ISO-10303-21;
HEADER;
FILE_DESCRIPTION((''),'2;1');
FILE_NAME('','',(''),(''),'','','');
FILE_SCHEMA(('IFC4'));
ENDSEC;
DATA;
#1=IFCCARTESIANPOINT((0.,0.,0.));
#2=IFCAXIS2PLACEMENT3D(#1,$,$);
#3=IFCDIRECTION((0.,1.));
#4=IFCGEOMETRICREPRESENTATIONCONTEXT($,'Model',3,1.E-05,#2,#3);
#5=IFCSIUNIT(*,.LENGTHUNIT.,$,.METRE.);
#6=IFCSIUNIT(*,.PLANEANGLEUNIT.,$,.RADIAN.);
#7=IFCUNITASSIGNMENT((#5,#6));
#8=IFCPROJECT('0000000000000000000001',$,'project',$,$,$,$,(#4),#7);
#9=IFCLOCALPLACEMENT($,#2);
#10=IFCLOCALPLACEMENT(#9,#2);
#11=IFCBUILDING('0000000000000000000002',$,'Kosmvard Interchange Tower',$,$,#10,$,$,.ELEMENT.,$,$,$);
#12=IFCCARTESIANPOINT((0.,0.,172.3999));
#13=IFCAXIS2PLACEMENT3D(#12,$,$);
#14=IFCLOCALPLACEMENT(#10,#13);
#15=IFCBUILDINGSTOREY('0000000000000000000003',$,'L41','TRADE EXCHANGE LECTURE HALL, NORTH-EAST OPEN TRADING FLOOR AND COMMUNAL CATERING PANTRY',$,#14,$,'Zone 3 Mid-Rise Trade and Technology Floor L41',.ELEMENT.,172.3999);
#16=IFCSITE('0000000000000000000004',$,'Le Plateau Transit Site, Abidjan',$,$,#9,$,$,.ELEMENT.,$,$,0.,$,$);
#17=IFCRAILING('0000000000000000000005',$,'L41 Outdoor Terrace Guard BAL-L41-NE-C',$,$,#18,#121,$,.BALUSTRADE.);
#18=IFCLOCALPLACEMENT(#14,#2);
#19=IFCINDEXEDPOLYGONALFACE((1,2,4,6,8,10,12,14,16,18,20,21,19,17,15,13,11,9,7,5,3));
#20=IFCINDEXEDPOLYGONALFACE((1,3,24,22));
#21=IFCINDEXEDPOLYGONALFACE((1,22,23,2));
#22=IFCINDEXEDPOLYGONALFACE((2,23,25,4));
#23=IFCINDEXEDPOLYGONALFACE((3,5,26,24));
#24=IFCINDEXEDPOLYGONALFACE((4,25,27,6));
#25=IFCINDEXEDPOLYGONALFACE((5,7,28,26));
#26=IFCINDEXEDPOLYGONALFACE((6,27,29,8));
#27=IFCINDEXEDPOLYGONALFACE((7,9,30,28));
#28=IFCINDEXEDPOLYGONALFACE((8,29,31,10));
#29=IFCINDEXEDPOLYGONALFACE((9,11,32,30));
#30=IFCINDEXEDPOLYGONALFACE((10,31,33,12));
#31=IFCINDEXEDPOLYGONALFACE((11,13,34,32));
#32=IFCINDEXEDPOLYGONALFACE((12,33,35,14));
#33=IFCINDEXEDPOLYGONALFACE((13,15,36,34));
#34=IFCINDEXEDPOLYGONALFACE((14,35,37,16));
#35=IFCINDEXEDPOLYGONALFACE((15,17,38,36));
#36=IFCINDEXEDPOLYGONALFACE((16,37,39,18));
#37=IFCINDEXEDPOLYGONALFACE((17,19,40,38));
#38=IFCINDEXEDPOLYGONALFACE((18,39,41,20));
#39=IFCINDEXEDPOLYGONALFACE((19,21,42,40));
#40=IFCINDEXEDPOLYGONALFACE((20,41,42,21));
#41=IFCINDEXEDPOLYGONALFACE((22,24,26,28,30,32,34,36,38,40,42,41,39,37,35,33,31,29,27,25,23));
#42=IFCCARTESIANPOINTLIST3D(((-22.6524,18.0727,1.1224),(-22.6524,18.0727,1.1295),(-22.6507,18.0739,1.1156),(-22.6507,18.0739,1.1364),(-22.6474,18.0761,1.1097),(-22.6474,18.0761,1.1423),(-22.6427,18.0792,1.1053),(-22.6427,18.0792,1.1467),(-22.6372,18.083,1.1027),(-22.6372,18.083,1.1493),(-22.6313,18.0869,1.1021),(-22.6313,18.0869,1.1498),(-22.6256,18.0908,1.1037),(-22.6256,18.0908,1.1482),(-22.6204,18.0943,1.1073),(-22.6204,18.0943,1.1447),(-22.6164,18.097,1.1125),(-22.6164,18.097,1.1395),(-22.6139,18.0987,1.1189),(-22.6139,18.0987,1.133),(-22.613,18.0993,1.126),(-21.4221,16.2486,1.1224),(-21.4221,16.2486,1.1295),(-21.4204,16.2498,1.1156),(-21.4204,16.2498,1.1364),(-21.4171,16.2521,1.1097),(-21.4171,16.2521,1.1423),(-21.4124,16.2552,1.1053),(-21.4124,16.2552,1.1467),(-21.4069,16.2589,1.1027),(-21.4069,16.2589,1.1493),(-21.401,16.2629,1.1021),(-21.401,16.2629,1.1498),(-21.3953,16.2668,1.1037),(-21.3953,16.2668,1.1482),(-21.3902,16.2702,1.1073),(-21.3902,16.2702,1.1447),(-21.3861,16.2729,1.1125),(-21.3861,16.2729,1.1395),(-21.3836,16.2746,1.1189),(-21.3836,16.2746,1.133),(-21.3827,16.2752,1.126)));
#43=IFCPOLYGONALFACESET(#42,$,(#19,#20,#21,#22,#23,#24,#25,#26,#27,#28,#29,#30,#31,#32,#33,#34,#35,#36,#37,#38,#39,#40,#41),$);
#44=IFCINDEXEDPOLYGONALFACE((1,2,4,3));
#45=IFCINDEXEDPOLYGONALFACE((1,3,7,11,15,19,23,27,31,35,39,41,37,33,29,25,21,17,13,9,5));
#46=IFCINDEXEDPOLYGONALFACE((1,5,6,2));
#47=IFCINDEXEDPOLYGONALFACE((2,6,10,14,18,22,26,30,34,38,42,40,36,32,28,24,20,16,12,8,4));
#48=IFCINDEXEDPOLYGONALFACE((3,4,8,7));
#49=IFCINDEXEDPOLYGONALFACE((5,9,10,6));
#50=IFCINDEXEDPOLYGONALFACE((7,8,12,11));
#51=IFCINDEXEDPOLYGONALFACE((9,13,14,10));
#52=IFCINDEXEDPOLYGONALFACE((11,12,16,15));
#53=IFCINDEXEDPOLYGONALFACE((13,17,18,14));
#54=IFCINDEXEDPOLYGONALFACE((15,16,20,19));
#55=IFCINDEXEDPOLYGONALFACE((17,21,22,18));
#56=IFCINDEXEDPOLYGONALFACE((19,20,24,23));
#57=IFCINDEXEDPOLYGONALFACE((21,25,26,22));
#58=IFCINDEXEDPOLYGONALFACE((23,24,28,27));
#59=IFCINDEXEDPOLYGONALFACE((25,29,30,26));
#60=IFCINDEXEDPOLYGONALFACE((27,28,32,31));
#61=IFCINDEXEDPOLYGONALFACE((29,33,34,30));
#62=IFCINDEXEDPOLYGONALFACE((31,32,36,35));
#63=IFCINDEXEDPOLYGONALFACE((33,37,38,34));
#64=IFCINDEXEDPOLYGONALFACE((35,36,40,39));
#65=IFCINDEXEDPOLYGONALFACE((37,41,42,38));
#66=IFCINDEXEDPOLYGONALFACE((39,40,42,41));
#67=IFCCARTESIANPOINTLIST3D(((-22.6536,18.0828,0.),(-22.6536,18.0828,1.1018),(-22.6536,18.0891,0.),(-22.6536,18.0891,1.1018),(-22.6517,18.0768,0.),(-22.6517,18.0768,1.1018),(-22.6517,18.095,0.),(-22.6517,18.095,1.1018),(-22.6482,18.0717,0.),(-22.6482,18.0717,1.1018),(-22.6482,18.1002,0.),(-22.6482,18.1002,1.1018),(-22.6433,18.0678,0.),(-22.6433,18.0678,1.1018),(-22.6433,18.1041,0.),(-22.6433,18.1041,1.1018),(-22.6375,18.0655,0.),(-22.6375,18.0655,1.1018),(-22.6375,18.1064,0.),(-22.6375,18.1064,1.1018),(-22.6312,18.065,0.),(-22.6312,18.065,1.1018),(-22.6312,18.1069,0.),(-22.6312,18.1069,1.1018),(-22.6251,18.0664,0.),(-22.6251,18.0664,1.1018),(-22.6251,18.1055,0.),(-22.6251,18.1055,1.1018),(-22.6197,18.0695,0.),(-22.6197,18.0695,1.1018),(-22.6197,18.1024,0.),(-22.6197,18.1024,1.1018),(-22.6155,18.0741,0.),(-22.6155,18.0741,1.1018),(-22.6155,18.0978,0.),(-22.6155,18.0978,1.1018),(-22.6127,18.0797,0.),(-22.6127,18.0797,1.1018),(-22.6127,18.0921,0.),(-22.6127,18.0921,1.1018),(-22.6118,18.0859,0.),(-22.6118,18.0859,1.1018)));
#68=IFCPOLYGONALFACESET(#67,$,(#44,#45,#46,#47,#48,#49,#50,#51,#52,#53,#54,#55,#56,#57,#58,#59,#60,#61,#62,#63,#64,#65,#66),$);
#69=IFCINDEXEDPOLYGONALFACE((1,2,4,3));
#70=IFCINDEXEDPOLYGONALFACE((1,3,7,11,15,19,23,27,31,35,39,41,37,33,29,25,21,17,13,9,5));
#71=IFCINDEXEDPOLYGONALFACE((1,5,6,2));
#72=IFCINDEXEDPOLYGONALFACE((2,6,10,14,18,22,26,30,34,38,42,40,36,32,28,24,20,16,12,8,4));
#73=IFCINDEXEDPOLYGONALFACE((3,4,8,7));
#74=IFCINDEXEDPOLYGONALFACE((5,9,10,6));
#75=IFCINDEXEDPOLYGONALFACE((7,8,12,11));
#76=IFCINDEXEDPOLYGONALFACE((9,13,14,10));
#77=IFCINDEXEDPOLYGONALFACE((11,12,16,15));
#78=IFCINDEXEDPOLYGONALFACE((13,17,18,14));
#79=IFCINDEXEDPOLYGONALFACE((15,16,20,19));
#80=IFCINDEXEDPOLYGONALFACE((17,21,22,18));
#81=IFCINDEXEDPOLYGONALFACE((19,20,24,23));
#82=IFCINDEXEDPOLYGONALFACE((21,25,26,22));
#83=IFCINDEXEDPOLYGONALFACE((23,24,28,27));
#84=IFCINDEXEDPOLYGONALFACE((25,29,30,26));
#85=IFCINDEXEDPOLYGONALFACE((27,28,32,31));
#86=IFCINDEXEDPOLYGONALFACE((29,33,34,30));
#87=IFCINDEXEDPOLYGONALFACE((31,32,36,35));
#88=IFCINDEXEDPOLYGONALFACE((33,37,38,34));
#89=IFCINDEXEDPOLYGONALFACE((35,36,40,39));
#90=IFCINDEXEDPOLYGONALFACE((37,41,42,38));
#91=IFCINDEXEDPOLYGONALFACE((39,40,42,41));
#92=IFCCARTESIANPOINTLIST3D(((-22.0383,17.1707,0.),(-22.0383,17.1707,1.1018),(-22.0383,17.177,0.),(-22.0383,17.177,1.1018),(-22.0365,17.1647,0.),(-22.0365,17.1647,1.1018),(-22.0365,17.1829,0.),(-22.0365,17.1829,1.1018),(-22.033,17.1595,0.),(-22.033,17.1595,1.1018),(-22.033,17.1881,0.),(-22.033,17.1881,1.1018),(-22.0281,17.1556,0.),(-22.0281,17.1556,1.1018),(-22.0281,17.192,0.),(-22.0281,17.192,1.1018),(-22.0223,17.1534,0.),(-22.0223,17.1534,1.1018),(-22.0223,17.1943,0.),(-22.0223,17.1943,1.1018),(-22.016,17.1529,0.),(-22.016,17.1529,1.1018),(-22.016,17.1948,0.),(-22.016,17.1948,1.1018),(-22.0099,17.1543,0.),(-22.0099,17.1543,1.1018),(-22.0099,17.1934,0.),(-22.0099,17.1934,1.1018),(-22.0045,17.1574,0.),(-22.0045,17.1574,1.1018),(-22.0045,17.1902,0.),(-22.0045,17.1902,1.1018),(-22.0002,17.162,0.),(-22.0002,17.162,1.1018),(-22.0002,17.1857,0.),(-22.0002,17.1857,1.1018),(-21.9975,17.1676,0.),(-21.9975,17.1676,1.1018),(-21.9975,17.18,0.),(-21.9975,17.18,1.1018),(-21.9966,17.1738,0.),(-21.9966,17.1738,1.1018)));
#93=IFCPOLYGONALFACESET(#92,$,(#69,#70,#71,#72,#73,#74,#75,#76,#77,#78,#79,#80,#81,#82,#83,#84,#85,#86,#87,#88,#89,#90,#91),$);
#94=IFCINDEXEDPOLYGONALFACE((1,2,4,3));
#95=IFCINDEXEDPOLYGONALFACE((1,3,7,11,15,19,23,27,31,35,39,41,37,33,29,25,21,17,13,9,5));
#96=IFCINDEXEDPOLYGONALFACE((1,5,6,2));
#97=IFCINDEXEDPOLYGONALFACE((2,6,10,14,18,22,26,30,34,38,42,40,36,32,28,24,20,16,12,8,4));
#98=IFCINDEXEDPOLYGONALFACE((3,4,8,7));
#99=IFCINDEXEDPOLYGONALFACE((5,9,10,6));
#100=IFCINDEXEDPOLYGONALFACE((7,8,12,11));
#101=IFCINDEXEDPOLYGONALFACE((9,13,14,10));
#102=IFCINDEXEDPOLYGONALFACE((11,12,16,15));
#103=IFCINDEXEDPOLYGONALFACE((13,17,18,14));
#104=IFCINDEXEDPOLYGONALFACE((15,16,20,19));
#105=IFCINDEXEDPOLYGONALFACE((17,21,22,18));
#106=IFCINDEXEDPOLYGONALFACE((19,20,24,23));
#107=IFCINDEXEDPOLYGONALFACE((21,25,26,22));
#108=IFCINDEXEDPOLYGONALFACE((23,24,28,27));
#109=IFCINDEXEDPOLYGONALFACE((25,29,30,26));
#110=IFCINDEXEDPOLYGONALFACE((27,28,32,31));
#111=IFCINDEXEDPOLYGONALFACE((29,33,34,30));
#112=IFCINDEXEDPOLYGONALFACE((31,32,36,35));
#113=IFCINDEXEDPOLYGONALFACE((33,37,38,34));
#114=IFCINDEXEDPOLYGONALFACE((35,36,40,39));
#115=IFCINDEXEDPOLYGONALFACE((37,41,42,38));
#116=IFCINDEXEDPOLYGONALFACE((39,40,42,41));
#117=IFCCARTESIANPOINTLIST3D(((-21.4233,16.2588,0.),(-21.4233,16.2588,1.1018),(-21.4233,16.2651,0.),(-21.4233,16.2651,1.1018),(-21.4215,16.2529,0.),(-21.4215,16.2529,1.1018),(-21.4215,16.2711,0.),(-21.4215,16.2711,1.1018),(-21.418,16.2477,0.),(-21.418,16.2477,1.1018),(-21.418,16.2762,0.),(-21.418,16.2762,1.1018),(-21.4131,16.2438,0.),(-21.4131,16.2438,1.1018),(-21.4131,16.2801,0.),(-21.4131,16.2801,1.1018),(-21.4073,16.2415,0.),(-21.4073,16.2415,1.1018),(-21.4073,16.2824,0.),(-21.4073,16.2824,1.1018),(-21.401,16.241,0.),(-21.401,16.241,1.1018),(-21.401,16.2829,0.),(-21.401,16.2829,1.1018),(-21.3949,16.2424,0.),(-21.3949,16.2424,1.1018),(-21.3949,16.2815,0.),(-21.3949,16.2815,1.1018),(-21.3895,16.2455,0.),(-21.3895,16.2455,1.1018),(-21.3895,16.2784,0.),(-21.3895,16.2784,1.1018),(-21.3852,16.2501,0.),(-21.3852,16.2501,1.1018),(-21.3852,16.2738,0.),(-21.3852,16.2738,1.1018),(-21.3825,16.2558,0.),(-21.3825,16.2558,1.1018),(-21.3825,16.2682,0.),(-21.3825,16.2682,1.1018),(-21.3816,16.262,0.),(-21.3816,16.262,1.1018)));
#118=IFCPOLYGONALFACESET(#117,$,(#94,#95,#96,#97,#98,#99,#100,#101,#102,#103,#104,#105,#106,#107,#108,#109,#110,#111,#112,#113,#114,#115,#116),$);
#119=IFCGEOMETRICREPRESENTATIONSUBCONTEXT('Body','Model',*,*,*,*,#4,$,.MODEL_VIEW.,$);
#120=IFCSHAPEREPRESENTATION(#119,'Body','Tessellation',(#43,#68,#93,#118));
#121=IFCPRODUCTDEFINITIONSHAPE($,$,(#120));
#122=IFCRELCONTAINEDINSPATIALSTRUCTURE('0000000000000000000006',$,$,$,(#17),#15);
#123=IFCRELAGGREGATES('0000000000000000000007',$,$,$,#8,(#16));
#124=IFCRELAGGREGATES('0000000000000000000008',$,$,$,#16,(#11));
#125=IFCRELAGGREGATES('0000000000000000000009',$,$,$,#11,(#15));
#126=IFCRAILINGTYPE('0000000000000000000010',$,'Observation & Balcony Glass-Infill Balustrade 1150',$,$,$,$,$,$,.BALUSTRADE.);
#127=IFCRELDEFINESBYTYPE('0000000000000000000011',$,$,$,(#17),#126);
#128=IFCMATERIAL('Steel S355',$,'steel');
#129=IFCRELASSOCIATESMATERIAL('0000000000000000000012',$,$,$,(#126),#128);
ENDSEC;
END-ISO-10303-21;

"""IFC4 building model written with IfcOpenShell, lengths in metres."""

from ifc_helpers import new_model, si_unit, direction, frame, origin, origin_2d, place, context, subcontext, project, spatial, circle, extrude, source, transform, mapped, material, type_object, element, save


model = new_model("IFC4")

# Units and contexts
model_context = context("Model", 3, precision=1e-05, world=origin(), true_north=direction((0.0, 1.0)))
body_context = subcontext(model_context, "Body", "Model", "MODEL_VIEW")
ifc_project = project(units=[si_unit("LENGTHUNIT", "METRE"), si_unit("PLANEANGLEUNIT", "RADIAN")], contexts=[model_context])

# Site, building, storey
site_placement = place(None, origin())
site = spatial("IfcSite", under=ifc_project, at=site_placement, Name="Le Plateau Transit Site, Abidjan", CompositionType="ELEMENT", RefElevation=0.0)
building_placement = place(site_placement, origin())
building = spatial("IfcBuilding", under=site, at=building_placement, Name="Kosmvard Interchange Tower", CompositionType="ELEMENT")
storey_placement = place(building_placement, frame((0.0, 0.0, 172.3999)))
storey = spatial("IfcBuildingStorey", under=building, at=storey_placement, Name="L41", Description="TRADE EXCHANGE LECTURE HALL, NORTH-EAST OPEN TRADING FLOOR AND COMMUNAL CATERING PANTRY", LongName="Zone 3 Mid-Rise Trade and Technology Floor L41", CompositionType="ELEMENT", Elevation=172.3999)

# Shared definitions
ifc_material_1 = material(Name="Steel S355", Category="steel")

# Railing
railing_type = type_object("IfcRailingType", Name="Observation & Balcony Glass-Infill Balustrade 1150", PredefinedType="BALUSTRADE", material=ifc_material_1)
shared_shape_1 = source(origin(), body_context, "Body", "SweptSolid", [
    extrude(circle(Radius=0.0239, at=origin_2d()), frame((0.0, 0.0, 1.126), z_axis=(0.559174, -0.829051, 0.0), x_axis=(0.829051, 0.559174, 0.0)), (0.0, 0.0, 1.0), 2.2002),
    extrude(circle(Radius=0.021, at=origin_2d()), origin(), (0.0, 0.0, 1.0), 1.1018),
    extrude(circle(Radius=0.021, at=origin_2d()), frame((0.6152, -0.9121, 0.0)), (0.0, 0.0, 1.0), 1.1018),
    extrude(circle(Radius=0.021, at=origin_2d()), frame((1.2302, -1.824, 0.0)), (0.0, 0.0, 1.0), 1.1018),
])
railing_1_placement = place(storey_placement, frame((-22.6328, 18.0859, 0.0)))
element("IfcRailing", 1, at=railing_1_placement, inside=storey, type_object=railing_type, Name="L41 Outdoor Terrace Guard BAL-L41-NE-C", PredefinedType="BALUSTRADE", context=body_context, shape_type="MappedRepresentation", body=[
    mapped(shared_shape_1, transform((0.0, 0.0, 0.0), scale=1.0)),
])

save(model, "model.ifc")
